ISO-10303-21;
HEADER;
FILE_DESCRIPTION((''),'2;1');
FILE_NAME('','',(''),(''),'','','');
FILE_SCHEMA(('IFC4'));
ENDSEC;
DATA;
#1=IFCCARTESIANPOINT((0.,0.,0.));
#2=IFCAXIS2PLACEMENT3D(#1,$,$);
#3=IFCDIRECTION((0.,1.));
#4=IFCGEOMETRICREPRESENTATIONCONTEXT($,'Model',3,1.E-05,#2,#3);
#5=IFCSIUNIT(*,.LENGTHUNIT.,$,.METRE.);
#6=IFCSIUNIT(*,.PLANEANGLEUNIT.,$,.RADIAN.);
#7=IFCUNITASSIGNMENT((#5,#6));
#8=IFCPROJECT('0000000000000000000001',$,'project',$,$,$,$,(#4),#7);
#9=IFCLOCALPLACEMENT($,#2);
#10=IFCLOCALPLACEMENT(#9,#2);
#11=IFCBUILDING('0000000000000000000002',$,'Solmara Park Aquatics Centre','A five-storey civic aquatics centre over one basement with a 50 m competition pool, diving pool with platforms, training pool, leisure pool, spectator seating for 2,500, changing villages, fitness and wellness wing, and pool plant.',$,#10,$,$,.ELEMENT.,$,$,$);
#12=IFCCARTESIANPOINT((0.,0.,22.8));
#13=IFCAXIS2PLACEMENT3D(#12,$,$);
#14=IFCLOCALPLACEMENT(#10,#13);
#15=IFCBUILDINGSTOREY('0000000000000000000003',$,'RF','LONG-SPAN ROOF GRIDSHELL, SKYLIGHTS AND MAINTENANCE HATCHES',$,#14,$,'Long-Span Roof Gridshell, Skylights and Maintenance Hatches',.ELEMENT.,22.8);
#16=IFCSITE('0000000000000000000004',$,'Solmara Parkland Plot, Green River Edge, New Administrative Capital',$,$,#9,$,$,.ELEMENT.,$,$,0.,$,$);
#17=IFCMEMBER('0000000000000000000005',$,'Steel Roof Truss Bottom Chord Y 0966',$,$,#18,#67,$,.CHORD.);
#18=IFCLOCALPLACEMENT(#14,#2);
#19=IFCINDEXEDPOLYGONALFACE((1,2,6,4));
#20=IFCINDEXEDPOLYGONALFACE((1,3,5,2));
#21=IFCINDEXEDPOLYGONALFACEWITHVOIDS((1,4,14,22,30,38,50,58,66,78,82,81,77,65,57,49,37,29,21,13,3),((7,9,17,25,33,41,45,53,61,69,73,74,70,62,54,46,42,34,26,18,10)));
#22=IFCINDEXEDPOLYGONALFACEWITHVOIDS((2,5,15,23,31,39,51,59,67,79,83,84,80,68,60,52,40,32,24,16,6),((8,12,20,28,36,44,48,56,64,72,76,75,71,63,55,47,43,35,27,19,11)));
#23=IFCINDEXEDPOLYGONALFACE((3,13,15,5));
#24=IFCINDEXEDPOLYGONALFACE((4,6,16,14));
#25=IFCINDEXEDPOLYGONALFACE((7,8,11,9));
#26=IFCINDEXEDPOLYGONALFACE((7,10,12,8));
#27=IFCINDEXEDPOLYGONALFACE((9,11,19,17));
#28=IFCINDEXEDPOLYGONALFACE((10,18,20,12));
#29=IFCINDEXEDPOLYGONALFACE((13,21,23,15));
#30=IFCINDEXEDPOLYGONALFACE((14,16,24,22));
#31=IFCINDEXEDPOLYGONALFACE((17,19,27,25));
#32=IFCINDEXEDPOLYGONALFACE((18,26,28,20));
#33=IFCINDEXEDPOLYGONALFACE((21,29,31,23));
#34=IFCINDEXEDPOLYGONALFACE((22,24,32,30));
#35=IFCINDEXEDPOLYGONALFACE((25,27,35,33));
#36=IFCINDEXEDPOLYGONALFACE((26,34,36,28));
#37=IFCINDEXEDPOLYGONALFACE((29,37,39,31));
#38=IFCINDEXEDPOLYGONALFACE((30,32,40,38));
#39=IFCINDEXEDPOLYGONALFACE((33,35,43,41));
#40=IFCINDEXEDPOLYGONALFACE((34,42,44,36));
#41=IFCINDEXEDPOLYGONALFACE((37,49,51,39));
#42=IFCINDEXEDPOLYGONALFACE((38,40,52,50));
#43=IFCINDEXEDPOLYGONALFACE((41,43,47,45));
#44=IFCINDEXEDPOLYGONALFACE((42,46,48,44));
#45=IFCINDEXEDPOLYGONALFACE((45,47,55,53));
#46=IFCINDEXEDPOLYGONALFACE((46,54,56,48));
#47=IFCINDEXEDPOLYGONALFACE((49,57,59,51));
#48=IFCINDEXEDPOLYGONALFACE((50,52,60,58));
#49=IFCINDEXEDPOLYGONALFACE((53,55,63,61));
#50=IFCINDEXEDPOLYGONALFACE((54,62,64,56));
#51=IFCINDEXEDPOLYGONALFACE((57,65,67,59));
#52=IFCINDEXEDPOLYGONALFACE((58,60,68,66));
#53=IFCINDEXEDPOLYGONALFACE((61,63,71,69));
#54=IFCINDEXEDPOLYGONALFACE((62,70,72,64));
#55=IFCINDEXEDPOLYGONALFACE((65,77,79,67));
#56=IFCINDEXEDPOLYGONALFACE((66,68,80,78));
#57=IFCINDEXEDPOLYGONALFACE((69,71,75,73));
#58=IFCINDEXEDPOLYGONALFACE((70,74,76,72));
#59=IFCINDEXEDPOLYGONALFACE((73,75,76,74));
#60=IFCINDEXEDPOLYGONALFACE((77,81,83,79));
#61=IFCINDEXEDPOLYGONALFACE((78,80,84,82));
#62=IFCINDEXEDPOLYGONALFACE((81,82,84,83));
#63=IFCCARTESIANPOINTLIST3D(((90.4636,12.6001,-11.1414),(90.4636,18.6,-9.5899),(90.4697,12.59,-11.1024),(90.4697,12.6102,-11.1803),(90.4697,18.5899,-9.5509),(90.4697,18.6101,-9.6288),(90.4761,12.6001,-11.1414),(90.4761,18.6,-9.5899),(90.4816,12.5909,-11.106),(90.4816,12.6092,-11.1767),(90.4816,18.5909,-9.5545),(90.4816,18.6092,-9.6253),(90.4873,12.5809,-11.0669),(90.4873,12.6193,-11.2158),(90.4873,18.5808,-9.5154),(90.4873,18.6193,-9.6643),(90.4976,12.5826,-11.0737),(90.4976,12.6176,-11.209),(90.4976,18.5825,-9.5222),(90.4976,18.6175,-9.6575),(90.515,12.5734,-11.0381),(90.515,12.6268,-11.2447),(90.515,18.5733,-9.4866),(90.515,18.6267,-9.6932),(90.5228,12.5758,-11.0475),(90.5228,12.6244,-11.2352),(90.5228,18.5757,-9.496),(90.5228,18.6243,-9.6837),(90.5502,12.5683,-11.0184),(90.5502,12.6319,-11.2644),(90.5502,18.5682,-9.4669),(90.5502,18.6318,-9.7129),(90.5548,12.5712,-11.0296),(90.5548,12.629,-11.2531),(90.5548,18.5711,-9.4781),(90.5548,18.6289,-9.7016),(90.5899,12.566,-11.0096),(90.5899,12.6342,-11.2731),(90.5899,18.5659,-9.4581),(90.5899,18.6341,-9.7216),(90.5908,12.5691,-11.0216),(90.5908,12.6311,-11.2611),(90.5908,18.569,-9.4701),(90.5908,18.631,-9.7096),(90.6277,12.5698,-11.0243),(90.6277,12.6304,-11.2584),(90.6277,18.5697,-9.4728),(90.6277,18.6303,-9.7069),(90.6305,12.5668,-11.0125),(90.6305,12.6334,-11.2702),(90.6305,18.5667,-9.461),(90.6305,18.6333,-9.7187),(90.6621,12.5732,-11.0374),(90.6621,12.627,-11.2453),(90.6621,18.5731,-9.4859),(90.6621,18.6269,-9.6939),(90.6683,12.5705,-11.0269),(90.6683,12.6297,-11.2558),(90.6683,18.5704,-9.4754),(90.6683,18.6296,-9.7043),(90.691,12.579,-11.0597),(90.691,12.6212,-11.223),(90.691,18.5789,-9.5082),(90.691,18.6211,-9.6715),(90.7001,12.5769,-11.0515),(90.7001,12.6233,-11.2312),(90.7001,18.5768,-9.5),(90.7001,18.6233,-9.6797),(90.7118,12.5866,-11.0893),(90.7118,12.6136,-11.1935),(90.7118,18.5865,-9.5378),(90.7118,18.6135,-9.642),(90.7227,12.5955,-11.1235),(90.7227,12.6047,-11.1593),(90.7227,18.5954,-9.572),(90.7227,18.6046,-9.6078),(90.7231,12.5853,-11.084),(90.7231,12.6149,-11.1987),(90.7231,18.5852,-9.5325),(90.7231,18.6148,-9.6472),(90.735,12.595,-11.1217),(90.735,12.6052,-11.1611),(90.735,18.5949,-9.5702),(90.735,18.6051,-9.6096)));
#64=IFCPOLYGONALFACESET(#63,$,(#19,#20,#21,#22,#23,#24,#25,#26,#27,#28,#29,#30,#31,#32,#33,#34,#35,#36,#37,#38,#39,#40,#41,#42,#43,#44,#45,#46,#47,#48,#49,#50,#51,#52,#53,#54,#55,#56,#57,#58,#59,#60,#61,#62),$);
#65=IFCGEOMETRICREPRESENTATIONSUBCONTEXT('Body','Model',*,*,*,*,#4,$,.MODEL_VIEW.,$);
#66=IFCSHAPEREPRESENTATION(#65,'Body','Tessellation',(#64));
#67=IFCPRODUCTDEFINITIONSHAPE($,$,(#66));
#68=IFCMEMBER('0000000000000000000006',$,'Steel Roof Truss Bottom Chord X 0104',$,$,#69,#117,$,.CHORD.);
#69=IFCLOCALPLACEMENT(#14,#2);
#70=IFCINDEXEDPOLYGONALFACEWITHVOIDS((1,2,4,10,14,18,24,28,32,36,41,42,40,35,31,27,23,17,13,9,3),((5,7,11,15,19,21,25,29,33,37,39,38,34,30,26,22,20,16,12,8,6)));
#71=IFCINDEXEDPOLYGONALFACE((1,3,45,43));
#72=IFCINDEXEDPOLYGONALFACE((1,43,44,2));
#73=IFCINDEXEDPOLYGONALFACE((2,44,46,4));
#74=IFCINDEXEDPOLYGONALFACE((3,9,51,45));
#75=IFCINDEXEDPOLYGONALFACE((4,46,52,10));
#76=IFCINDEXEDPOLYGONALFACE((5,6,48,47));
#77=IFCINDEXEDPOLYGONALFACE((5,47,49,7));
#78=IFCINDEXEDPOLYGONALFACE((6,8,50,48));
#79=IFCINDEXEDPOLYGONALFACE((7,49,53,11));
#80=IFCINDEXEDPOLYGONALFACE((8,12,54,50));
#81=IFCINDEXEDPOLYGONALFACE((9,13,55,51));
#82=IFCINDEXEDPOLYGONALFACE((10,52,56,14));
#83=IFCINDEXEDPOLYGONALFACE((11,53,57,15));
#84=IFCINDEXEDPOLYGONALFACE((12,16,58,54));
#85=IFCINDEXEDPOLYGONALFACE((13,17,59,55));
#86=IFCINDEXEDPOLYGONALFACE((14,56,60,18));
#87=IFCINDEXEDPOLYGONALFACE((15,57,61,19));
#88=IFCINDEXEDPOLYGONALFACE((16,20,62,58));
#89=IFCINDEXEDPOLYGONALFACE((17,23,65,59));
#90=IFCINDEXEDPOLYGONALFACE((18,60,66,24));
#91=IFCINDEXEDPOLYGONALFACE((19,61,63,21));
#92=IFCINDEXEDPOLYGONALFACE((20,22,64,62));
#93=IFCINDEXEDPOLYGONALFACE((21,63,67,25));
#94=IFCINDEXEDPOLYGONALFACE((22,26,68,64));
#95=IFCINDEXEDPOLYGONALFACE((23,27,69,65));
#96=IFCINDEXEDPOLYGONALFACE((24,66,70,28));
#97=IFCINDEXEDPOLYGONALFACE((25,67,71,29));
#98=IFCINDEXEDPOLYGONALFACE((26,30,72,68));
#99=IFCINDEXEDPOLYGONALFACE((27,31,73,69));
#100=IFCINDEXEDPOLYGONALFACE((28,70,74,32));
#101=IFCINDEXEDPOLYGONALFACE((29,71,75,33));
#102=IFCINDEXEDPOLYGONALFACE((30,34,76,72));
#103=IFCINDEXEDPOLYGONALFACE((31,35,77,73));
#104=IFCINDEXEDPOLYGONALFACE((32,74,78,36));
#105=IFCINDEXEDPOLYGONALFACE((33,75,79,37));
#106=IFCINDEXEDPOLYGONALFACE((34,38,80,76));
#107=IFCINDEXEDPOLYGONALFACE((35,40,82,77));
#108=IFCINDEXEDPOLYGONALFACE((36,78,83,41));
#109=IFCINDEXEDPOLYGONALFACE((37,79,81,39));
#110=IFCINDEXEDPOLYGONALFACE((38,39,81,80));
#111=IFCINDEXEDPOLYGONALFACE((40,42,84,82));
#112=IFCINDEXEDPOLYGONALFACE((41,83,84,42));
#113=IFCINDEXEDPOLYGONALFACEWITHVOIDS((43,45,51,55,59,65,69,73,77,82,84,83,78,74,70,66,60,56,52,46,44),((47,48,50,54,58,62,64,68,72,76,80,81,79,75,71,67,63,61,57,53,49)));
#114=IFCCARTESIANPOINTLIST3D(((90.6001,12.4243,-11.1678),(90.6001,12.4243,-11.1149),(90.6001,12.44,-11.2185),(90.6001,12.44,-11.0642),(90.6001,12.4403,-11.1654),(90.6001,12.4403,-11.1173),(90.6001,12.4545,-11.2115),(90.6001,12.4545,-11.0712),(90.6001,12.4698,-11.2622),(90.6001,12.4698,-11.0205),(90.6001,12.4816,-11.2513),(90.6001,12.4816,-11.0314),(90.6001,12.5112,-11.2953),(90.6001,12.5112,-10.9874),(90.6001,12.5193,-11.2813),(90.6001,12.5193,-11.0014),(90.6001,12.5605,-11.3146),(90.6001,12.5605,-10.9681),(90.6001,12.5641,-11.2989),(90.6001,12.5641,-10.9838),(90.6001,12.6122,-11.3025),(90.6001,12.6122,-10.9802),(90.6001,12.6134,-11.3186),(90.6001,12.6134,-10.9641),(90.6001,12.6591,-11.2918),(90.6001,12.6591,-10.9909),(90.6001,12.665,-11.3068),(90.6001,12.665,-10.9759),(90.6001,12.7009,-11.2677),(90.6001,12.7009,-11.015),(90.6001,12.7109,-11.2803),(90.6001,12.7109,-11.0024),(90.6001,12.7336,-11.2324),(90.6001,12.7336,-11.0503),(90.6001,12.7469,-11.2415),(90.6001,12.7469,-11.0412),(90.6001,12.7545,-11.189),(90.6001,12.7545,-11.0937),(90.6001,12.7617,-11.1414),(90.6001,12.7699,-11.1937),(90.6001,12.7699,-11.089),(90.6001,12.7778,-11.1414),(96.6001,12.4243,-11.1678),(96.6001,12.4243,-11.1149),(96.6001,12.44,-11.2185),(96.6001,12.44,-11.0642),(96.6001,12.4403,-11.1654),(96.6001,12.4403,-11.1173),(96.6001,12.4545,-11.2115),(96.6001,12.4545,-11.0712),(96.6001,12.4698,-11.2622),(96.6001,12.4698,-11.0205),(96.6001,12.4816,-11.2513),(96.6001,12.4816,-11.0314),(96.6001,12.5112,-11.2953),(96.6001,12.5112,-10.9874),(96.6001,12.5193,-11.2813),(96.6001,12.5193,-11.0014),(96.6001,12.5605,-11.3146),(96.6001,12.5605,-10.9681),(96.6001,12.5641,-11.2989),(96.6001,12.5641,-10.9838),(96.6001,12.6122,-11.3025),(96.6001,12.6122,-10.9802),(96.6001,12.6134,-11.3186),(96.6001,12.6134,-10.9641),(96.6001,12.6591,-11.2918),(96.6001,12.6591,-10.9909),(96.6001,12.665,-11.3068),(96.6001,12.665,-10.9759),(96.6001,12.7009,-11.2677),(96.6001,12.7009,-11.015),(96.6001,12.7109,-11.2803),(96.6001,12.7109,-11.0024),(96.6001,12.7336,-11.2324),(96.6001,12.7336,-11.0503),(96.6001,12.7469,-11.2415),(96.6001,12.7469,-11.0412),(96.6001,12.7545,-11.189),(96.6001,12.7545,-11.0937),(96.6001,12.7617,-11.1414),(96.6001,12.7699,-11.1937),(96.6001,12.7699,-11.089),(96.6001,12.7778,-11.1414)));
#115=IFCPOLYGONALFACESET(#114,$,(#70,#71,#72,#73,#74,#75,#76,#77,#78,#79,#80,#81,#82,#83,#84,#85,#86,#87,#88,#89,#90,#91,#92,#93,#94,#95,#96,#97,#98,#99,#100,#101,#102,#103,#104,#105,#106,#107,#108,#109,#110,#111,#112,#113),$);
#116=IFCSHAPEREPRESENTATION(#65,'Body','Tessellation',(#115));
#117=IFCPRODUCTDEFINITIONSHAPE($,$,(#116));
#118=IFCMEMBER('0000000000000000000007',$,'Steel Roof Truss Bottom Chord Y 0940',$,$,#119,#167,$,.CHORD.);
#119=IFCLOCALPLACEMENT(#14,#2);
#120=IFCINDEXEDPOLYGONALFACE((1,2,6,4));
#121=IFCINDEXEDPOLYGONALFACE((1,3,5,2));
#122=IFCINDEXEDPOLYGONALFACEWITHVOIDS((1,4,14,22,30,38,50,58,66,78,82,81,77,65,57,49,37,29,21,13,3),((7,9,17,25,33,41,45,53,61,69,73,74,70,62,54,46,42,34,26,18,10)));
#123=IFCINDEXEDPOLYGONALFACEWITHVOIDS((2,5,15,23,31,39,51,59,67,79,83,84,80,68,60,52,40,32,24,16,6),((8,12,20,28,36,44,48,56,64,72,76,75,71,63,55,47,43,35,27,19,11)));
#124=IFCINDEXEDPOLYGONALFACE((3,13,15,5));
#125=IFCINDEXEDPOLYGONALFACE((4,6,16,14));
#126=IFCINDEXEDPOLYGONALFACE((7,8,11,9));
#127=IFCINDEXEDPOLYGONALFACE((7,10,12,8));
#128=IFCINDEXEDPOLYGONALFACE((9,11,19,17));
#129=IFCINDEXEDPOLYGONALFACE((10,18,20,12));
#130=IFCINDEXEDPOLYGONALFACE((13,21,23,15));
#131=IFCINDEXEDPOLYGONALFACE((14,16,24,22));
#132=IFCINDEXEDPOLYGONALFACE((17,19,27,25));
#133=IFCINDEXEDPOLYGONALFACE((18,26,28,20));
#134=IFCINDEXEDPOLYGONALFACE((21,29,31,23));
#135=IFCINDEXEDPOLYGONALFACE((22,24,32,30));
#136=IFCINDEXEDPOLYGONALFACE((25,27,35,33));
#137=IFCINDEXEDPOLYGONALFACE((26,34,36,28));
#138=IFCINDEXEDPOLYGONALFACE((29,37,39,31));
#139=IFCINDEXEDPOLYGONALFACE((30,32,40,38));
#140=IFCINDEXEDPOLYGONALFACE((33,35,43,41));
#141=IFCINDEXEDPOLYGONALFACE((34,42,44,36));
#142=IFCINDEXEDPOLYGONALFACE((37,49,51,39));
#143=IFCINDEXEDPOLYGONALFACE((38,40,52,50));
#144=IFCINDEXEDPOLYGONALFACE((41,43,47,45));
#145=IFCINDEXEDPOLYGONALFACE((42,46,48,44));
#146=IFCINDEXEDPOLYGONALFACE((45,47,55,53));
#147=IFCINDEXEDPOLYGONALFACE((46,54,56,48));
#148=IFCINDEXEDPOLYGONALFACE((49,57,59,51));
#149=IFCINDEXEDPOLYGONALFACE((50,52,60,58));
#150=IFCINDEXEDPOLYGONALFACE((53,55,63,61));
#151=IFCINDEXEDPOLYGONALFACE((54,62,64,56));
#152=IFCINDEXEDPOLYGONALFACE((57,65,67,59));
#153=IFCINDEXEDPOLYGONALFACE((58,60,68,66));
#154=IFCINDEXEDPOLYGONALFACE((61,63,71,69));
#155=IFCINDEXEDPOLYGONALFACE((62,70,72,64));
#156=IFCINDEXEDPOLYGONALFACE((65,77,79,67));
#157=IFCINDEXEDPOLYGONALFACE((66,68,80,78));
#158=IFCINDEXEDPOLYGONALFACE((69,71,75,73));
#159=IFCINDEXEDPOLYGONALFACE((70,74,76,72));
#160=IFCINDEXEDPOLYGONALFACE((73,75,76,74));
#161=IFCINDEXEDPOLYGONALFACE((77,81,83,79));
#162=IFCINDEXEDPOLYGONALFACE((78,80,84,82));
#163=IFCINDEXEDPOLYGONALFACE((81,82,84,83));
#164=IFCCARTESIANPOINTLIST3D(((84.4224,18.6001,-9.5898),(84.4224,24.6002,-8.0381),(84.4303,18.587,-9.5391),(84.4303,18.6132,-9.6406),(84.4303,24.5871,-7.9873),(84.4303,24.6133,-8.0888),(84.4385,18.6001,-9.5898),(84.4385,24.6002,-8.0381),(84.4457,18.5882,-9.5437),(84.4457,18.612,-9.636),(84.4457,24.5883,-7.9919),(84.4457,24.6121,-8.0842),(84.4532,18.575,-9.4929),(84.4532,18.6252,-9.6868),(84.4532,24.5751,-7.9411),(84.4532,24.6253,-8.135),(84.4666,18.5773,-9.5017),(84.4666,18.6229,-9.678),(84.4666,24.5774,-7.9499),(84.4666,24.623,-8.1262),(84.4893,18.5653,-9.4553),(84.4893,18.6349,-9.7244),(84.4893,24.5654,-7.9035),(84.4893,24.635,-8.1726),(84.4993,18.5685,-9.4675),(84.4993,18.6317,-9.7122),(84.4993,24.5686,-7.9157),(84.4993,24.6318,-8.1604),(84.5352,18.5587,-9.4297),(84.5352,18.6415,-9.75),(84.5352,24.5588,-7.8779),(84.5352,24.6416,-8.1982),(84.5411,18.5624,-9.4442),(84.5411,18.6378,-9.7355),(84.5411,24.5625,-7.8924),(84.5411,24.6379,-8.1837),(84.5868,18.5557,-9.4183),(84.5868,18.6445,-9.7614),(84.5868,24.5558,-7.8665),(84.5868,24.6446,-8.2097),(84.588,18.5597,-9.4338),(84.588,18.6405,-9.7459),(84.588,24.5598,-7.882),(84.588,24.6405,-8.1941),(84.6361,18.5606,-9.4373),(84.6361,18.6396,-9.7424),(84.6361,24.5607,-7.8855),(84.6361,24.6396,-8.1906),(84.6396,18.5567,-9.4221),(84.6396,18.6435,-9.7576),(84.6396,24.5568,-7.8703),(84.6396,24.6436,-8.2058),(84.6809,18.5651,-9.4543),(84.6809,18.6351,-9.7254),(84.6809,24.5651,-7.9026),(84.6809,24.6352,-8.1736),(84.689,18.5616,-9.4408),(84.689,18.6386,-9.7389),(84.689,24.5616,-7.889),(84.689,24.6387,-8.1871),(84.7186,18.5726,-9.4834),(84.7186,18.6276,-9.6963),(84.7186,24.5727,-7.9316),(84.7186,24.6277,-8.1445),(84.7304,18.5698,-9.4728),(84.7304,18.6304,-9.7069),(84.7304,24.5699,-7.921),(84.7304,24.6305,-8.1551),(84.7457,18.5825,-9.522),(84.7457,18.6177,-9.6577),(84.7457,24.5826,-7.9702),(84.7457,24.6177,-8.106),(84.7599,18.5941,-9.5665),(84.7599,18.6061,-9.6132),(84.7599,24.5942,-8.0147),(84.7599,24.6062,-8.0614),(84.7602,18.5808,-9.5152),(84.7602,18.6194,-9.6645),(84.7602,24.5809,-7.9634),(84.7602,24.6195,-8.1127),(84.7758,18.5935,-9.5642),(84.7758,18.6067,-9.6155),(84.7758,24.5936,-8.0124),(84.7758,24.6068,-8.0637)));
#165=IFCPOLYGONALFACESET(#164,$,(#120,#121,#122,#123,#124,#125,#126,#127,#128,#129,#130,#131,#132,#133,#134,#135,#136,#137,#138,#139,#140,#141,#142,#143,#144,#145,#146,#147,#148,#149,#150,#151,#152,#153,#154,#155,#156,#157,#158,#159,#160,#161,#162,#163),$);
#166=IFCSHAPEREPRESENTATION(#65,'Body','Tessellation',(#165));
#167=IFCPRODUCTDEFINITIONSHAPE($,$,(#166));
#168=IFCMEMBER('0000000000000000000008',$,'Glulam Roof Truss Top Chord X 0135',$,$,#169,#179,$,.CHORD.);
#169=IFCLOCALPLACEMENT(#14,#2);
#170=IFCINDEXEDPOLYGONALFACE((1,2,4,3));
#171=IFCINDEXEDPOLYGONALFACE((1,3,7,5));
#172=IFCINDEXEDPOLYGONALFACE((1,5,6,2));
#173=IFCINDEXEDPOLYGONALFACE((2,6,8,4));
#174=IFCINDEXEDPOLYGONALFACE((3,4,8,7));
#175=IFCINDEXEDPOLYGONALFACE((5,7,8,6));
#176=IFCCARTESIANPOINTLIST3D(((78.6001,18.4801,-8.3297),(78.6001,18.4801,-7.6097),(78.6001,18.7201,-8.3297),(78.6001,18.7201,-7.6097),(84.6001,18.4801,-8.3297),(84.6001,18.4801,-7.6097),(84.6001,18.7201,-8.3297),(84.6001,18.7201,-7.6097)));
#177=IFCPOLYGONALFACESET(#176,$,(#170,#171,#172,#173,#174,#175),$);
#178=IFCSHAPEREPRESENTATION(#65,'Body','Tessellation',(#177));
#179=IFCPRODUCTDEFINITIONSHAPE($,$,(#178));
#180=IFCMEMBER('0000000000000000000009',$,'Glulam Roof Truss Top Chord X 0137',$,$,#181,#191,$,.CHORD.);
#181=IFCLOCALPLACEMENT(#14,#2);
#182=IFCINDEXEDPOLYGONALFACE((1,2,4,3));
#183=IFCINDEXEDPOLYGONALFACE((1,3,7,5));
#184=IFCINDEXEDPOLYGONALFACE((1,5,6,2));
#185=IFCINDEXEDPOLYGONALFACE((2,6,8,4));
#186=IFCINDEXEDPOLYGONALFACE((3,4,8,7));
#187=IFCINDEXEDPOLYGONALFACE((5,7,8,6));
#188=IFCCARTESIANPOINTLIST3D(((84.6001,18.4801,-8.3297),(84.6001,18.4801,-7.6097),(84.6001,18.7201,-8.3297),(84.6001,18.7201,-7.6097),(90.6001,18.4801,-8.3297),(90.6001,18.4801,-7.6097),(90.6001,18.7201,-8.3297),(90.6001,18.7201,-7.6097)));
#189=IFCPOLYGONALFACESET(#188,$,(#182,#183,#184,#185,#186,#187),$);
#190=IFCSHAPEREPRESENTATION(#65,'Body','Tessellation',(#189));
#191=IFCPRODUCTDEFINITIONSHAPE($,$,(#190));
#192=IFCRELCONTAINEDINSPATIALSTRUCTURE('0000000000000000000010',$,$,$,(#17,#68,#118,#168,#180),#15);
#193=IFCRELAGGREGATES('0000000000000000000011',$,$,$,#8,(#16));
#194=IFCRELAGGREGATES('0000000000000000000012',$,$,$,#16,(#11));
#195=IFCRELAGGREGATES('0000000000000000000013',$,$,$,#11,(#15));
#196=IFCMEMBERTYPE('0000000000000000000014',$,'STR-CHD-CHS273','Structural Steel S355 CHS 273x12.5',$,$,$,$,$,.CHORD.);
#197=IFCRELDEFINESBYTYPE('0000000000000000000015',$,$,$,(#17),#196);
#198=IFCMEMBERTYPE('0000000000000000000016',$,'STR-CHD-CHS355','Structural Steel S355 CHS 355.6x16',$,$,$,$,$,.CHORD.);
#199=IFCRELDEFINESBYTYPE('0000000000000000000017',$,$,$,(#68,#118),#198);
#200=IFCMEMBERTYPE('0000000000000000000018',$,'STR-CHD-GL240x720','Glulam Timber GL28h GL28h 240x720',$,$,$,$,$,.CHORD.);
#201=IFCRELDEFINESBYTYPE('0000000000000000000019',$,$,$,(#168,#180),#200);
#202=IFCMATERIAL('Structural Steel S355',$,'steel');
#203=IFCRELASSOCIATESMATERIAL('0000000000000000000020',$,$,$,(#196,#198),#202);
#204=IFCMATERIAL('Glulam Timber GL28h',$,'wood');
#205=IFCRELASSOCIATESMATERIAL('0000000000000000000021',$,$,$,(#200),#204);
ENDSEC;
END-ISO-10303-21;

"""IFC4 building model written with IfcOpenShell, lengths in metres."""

from ifc_helpers import new_model, si_unit, direction, frame, origin, origin_2d, place, context, subcontext, project, spatial, rectangle, hollow_circle, extrude, material, material_profile, profile_set, type_object, element, save


model = new_model("IFC4")

# Units and contexts
model_context = context("Model", 3, precision=1e-05, world=origin(), true_north=direction((0.0, 1.0)))
body_context = subcontext(model_context, "Body", "Model", "MODEL_VIEW")
ifc_project = project(units=[si_unit("LENGTHUNIT", "METRE"), si_unit("PLANEANGLEUNIT", "RADIAN")], contexts=[model_context])

# Site, building, storey
site_placement = place(None, origin())
site = spatial("IfcSite", under=ifc_project, at=site_placement, Name="Solmara Parkland Plot, Green River Edge, New Administrative Capital", CompositionType="ELEMENT", RefElevation=0.0)
building_placement = place(site_placement, origin())
building = spatial("IfcBuilding", under=site, at=building_placement, Name="Solmara Park Aquatics Centre", Description="A five-storey civic aquatics centre over one basement with a 50 m competition pool, diving pool with platforms, training pool, leisure pool, spectator seating for 2,500, changing villages, fitness and wellness wing, and pool plant.", CompositionType="ELEMENT")
storey_placement = place(building_placement, frame((0.0, 0.0, 22.8)))
storey = spatial("IfcBuildingStorey", under=building, at=storey_placement, Name="RF", Description="LONG-SPAN ROOF GRIDSHELL, SKYLIGHTS AND MAINTENANCE HATCHES", LongName="Long-Span Roof Gridshell, Skylights and Maintenance Hatches", CompositionType="ELEMENT", Elevation=22.8)

# Members
ifc_material_1 = material(Name="Structural Steel S355", Category="steel")
ifc_material_profile_1 = material_profile(ifc_material_1, hollow_circle(Radius=0.1365, WallThickness=0.0125, at=origin_2d()), Name="CHS 273x12.5")
ifc_profile_set_1 = profile_set([ifc_material_profile_1], Name="Structural Steel S355")
member_type_1 = type_object("IfcMemberType", Name="STR-CHD-CHS273", Description="Structural Steel S355 CHS 273x12.5", PredefinedType="CHORD", material=ifc_profile_set_1)
member_1_placement = place(storey_placement, frame((90.6001, 12.6001, -11.1414), z_axis=(0.0, 0.968155, 0.250351), x_axis=(-1.0, 0.0, 0.0)))
element("IfcMember", 1, at=member_1_placement, inside=storey, type_object=member_type_1, Name="Steel Roof Truss Bottom Chord Y 0966", PredefinedType="CHORD", context=body_context, shape_type="SweptSolid", body=[
    extrude(hollow_circle(Radius=0.1365, WallThickness=0.0125, at=origin_2d()), origin(), (0.0, 0.0, 1.0), 6.1973),
])
ifc_material_profile_2 = material_profile(ifc_material_1, hollow_circle(Radius=0.1777, WallThickness=0.0161, at=origin_2d()), Name="CHS 355.6x16")
ifc_profile_set_2 = profile_set([ifc_material_profile_2], Name="Structural Steel S355")
member_type_2 = type_object("IfcMemberType", Name="STR-CHD-CHS355", Description="Structural Steel S355 CHS 355.6x16", PredefinedType="CHORD", material=ifc_profile_set_2)
member_2_placement = place(storey_placement, frame((90.6001, 12.6001, -11.1414), z_axis=(1.0, 0.0, 0.0), x_axis=(0.0, 1.0, 0.0)))
element("IfcMember", 2, at=member_2_placement, inside=storey, type_object=member_type_2, Name="Steel Roof Truss Bottom Chord X 0104", PredefinedType="CHORD", context=body_context, shape_type="SweptSolid", body=[
    extrude(hollow_circle(Radius=0.1777, WallThickness=0.0161, at=origin_2d()), origin(), (0.0, 0.0, 1.0), 6.0),
])
member_3_placement = place(storey_placement, frame((84.6001, 18.6001, -9.5898), z_axis=(0.0, 0.968146, 0.250388), x_axis=(-1.0, 0.0, 0.0)))
element("IfcMember", 3, at=member_3_placement, inside=storey, type_object=member_type_2, Name="Steel Roof Truss Bottom Chord Y 0940", PredefinedType="CHORD", context=body_context, shape_type="SweptSolid", body=[
    extrude(hollow_circle(Radius=0.1777, WallThickness=0.0161, at=origin_2d()), origin(), (0.0, 0.0, 1.0), 6.1975),
])
ifc_material_2 = material(Name="Glulam Timber GL28h", Category="wood")
ifc_material_profile_3 = material_profile(ifc_material_2, rectangle(XDim=0.24, YDim=0.72, at=origin_2d()), Name="GL28h 240x720")
ifc_profile_set_3 = profile_set([ifc_material_profile_3], Name="Glulam Timber GL28h")
member_type_3 = type_object("IfcMemberType", Name="STR-CHD-GL240x720", Description="Glulam Timber GL28h GL28h 240x720", PredefinedType="CHORD", material=ifc_profile_set_3)
for number, where, z_axis, x_axis, name in (
    (4, (78.6001, 18.6001, -7.9697), (1.0, 0.0, 0.0), (0.0, 1.0, 0.0), "Glulam Roof Truss Top Chord X 0135"),
    (5, (84.6001, 18.6001, -7.9697), (1.0, 0.0, 0.0), (0.0, 1.0, 0.0), "Glulam Roof Truss Top Chord X 0137"),
):
    element("IfcMember", number, at=place(storey_placement, frame(where, z_axis=z_axis, x_axis=x_axis)), inside=storey, type_object=member_type_3, Name=name, PredefinedType="CHORD", context=body_context, shape_type="SweptSolid", body=[
        extrude(rectangle(XDim=0.24, YDim=0.72, at=origin_2d()), origin(), (0.0, 0.0, 1.0), 6.0),
    ])

save(model, "model.ifc")
